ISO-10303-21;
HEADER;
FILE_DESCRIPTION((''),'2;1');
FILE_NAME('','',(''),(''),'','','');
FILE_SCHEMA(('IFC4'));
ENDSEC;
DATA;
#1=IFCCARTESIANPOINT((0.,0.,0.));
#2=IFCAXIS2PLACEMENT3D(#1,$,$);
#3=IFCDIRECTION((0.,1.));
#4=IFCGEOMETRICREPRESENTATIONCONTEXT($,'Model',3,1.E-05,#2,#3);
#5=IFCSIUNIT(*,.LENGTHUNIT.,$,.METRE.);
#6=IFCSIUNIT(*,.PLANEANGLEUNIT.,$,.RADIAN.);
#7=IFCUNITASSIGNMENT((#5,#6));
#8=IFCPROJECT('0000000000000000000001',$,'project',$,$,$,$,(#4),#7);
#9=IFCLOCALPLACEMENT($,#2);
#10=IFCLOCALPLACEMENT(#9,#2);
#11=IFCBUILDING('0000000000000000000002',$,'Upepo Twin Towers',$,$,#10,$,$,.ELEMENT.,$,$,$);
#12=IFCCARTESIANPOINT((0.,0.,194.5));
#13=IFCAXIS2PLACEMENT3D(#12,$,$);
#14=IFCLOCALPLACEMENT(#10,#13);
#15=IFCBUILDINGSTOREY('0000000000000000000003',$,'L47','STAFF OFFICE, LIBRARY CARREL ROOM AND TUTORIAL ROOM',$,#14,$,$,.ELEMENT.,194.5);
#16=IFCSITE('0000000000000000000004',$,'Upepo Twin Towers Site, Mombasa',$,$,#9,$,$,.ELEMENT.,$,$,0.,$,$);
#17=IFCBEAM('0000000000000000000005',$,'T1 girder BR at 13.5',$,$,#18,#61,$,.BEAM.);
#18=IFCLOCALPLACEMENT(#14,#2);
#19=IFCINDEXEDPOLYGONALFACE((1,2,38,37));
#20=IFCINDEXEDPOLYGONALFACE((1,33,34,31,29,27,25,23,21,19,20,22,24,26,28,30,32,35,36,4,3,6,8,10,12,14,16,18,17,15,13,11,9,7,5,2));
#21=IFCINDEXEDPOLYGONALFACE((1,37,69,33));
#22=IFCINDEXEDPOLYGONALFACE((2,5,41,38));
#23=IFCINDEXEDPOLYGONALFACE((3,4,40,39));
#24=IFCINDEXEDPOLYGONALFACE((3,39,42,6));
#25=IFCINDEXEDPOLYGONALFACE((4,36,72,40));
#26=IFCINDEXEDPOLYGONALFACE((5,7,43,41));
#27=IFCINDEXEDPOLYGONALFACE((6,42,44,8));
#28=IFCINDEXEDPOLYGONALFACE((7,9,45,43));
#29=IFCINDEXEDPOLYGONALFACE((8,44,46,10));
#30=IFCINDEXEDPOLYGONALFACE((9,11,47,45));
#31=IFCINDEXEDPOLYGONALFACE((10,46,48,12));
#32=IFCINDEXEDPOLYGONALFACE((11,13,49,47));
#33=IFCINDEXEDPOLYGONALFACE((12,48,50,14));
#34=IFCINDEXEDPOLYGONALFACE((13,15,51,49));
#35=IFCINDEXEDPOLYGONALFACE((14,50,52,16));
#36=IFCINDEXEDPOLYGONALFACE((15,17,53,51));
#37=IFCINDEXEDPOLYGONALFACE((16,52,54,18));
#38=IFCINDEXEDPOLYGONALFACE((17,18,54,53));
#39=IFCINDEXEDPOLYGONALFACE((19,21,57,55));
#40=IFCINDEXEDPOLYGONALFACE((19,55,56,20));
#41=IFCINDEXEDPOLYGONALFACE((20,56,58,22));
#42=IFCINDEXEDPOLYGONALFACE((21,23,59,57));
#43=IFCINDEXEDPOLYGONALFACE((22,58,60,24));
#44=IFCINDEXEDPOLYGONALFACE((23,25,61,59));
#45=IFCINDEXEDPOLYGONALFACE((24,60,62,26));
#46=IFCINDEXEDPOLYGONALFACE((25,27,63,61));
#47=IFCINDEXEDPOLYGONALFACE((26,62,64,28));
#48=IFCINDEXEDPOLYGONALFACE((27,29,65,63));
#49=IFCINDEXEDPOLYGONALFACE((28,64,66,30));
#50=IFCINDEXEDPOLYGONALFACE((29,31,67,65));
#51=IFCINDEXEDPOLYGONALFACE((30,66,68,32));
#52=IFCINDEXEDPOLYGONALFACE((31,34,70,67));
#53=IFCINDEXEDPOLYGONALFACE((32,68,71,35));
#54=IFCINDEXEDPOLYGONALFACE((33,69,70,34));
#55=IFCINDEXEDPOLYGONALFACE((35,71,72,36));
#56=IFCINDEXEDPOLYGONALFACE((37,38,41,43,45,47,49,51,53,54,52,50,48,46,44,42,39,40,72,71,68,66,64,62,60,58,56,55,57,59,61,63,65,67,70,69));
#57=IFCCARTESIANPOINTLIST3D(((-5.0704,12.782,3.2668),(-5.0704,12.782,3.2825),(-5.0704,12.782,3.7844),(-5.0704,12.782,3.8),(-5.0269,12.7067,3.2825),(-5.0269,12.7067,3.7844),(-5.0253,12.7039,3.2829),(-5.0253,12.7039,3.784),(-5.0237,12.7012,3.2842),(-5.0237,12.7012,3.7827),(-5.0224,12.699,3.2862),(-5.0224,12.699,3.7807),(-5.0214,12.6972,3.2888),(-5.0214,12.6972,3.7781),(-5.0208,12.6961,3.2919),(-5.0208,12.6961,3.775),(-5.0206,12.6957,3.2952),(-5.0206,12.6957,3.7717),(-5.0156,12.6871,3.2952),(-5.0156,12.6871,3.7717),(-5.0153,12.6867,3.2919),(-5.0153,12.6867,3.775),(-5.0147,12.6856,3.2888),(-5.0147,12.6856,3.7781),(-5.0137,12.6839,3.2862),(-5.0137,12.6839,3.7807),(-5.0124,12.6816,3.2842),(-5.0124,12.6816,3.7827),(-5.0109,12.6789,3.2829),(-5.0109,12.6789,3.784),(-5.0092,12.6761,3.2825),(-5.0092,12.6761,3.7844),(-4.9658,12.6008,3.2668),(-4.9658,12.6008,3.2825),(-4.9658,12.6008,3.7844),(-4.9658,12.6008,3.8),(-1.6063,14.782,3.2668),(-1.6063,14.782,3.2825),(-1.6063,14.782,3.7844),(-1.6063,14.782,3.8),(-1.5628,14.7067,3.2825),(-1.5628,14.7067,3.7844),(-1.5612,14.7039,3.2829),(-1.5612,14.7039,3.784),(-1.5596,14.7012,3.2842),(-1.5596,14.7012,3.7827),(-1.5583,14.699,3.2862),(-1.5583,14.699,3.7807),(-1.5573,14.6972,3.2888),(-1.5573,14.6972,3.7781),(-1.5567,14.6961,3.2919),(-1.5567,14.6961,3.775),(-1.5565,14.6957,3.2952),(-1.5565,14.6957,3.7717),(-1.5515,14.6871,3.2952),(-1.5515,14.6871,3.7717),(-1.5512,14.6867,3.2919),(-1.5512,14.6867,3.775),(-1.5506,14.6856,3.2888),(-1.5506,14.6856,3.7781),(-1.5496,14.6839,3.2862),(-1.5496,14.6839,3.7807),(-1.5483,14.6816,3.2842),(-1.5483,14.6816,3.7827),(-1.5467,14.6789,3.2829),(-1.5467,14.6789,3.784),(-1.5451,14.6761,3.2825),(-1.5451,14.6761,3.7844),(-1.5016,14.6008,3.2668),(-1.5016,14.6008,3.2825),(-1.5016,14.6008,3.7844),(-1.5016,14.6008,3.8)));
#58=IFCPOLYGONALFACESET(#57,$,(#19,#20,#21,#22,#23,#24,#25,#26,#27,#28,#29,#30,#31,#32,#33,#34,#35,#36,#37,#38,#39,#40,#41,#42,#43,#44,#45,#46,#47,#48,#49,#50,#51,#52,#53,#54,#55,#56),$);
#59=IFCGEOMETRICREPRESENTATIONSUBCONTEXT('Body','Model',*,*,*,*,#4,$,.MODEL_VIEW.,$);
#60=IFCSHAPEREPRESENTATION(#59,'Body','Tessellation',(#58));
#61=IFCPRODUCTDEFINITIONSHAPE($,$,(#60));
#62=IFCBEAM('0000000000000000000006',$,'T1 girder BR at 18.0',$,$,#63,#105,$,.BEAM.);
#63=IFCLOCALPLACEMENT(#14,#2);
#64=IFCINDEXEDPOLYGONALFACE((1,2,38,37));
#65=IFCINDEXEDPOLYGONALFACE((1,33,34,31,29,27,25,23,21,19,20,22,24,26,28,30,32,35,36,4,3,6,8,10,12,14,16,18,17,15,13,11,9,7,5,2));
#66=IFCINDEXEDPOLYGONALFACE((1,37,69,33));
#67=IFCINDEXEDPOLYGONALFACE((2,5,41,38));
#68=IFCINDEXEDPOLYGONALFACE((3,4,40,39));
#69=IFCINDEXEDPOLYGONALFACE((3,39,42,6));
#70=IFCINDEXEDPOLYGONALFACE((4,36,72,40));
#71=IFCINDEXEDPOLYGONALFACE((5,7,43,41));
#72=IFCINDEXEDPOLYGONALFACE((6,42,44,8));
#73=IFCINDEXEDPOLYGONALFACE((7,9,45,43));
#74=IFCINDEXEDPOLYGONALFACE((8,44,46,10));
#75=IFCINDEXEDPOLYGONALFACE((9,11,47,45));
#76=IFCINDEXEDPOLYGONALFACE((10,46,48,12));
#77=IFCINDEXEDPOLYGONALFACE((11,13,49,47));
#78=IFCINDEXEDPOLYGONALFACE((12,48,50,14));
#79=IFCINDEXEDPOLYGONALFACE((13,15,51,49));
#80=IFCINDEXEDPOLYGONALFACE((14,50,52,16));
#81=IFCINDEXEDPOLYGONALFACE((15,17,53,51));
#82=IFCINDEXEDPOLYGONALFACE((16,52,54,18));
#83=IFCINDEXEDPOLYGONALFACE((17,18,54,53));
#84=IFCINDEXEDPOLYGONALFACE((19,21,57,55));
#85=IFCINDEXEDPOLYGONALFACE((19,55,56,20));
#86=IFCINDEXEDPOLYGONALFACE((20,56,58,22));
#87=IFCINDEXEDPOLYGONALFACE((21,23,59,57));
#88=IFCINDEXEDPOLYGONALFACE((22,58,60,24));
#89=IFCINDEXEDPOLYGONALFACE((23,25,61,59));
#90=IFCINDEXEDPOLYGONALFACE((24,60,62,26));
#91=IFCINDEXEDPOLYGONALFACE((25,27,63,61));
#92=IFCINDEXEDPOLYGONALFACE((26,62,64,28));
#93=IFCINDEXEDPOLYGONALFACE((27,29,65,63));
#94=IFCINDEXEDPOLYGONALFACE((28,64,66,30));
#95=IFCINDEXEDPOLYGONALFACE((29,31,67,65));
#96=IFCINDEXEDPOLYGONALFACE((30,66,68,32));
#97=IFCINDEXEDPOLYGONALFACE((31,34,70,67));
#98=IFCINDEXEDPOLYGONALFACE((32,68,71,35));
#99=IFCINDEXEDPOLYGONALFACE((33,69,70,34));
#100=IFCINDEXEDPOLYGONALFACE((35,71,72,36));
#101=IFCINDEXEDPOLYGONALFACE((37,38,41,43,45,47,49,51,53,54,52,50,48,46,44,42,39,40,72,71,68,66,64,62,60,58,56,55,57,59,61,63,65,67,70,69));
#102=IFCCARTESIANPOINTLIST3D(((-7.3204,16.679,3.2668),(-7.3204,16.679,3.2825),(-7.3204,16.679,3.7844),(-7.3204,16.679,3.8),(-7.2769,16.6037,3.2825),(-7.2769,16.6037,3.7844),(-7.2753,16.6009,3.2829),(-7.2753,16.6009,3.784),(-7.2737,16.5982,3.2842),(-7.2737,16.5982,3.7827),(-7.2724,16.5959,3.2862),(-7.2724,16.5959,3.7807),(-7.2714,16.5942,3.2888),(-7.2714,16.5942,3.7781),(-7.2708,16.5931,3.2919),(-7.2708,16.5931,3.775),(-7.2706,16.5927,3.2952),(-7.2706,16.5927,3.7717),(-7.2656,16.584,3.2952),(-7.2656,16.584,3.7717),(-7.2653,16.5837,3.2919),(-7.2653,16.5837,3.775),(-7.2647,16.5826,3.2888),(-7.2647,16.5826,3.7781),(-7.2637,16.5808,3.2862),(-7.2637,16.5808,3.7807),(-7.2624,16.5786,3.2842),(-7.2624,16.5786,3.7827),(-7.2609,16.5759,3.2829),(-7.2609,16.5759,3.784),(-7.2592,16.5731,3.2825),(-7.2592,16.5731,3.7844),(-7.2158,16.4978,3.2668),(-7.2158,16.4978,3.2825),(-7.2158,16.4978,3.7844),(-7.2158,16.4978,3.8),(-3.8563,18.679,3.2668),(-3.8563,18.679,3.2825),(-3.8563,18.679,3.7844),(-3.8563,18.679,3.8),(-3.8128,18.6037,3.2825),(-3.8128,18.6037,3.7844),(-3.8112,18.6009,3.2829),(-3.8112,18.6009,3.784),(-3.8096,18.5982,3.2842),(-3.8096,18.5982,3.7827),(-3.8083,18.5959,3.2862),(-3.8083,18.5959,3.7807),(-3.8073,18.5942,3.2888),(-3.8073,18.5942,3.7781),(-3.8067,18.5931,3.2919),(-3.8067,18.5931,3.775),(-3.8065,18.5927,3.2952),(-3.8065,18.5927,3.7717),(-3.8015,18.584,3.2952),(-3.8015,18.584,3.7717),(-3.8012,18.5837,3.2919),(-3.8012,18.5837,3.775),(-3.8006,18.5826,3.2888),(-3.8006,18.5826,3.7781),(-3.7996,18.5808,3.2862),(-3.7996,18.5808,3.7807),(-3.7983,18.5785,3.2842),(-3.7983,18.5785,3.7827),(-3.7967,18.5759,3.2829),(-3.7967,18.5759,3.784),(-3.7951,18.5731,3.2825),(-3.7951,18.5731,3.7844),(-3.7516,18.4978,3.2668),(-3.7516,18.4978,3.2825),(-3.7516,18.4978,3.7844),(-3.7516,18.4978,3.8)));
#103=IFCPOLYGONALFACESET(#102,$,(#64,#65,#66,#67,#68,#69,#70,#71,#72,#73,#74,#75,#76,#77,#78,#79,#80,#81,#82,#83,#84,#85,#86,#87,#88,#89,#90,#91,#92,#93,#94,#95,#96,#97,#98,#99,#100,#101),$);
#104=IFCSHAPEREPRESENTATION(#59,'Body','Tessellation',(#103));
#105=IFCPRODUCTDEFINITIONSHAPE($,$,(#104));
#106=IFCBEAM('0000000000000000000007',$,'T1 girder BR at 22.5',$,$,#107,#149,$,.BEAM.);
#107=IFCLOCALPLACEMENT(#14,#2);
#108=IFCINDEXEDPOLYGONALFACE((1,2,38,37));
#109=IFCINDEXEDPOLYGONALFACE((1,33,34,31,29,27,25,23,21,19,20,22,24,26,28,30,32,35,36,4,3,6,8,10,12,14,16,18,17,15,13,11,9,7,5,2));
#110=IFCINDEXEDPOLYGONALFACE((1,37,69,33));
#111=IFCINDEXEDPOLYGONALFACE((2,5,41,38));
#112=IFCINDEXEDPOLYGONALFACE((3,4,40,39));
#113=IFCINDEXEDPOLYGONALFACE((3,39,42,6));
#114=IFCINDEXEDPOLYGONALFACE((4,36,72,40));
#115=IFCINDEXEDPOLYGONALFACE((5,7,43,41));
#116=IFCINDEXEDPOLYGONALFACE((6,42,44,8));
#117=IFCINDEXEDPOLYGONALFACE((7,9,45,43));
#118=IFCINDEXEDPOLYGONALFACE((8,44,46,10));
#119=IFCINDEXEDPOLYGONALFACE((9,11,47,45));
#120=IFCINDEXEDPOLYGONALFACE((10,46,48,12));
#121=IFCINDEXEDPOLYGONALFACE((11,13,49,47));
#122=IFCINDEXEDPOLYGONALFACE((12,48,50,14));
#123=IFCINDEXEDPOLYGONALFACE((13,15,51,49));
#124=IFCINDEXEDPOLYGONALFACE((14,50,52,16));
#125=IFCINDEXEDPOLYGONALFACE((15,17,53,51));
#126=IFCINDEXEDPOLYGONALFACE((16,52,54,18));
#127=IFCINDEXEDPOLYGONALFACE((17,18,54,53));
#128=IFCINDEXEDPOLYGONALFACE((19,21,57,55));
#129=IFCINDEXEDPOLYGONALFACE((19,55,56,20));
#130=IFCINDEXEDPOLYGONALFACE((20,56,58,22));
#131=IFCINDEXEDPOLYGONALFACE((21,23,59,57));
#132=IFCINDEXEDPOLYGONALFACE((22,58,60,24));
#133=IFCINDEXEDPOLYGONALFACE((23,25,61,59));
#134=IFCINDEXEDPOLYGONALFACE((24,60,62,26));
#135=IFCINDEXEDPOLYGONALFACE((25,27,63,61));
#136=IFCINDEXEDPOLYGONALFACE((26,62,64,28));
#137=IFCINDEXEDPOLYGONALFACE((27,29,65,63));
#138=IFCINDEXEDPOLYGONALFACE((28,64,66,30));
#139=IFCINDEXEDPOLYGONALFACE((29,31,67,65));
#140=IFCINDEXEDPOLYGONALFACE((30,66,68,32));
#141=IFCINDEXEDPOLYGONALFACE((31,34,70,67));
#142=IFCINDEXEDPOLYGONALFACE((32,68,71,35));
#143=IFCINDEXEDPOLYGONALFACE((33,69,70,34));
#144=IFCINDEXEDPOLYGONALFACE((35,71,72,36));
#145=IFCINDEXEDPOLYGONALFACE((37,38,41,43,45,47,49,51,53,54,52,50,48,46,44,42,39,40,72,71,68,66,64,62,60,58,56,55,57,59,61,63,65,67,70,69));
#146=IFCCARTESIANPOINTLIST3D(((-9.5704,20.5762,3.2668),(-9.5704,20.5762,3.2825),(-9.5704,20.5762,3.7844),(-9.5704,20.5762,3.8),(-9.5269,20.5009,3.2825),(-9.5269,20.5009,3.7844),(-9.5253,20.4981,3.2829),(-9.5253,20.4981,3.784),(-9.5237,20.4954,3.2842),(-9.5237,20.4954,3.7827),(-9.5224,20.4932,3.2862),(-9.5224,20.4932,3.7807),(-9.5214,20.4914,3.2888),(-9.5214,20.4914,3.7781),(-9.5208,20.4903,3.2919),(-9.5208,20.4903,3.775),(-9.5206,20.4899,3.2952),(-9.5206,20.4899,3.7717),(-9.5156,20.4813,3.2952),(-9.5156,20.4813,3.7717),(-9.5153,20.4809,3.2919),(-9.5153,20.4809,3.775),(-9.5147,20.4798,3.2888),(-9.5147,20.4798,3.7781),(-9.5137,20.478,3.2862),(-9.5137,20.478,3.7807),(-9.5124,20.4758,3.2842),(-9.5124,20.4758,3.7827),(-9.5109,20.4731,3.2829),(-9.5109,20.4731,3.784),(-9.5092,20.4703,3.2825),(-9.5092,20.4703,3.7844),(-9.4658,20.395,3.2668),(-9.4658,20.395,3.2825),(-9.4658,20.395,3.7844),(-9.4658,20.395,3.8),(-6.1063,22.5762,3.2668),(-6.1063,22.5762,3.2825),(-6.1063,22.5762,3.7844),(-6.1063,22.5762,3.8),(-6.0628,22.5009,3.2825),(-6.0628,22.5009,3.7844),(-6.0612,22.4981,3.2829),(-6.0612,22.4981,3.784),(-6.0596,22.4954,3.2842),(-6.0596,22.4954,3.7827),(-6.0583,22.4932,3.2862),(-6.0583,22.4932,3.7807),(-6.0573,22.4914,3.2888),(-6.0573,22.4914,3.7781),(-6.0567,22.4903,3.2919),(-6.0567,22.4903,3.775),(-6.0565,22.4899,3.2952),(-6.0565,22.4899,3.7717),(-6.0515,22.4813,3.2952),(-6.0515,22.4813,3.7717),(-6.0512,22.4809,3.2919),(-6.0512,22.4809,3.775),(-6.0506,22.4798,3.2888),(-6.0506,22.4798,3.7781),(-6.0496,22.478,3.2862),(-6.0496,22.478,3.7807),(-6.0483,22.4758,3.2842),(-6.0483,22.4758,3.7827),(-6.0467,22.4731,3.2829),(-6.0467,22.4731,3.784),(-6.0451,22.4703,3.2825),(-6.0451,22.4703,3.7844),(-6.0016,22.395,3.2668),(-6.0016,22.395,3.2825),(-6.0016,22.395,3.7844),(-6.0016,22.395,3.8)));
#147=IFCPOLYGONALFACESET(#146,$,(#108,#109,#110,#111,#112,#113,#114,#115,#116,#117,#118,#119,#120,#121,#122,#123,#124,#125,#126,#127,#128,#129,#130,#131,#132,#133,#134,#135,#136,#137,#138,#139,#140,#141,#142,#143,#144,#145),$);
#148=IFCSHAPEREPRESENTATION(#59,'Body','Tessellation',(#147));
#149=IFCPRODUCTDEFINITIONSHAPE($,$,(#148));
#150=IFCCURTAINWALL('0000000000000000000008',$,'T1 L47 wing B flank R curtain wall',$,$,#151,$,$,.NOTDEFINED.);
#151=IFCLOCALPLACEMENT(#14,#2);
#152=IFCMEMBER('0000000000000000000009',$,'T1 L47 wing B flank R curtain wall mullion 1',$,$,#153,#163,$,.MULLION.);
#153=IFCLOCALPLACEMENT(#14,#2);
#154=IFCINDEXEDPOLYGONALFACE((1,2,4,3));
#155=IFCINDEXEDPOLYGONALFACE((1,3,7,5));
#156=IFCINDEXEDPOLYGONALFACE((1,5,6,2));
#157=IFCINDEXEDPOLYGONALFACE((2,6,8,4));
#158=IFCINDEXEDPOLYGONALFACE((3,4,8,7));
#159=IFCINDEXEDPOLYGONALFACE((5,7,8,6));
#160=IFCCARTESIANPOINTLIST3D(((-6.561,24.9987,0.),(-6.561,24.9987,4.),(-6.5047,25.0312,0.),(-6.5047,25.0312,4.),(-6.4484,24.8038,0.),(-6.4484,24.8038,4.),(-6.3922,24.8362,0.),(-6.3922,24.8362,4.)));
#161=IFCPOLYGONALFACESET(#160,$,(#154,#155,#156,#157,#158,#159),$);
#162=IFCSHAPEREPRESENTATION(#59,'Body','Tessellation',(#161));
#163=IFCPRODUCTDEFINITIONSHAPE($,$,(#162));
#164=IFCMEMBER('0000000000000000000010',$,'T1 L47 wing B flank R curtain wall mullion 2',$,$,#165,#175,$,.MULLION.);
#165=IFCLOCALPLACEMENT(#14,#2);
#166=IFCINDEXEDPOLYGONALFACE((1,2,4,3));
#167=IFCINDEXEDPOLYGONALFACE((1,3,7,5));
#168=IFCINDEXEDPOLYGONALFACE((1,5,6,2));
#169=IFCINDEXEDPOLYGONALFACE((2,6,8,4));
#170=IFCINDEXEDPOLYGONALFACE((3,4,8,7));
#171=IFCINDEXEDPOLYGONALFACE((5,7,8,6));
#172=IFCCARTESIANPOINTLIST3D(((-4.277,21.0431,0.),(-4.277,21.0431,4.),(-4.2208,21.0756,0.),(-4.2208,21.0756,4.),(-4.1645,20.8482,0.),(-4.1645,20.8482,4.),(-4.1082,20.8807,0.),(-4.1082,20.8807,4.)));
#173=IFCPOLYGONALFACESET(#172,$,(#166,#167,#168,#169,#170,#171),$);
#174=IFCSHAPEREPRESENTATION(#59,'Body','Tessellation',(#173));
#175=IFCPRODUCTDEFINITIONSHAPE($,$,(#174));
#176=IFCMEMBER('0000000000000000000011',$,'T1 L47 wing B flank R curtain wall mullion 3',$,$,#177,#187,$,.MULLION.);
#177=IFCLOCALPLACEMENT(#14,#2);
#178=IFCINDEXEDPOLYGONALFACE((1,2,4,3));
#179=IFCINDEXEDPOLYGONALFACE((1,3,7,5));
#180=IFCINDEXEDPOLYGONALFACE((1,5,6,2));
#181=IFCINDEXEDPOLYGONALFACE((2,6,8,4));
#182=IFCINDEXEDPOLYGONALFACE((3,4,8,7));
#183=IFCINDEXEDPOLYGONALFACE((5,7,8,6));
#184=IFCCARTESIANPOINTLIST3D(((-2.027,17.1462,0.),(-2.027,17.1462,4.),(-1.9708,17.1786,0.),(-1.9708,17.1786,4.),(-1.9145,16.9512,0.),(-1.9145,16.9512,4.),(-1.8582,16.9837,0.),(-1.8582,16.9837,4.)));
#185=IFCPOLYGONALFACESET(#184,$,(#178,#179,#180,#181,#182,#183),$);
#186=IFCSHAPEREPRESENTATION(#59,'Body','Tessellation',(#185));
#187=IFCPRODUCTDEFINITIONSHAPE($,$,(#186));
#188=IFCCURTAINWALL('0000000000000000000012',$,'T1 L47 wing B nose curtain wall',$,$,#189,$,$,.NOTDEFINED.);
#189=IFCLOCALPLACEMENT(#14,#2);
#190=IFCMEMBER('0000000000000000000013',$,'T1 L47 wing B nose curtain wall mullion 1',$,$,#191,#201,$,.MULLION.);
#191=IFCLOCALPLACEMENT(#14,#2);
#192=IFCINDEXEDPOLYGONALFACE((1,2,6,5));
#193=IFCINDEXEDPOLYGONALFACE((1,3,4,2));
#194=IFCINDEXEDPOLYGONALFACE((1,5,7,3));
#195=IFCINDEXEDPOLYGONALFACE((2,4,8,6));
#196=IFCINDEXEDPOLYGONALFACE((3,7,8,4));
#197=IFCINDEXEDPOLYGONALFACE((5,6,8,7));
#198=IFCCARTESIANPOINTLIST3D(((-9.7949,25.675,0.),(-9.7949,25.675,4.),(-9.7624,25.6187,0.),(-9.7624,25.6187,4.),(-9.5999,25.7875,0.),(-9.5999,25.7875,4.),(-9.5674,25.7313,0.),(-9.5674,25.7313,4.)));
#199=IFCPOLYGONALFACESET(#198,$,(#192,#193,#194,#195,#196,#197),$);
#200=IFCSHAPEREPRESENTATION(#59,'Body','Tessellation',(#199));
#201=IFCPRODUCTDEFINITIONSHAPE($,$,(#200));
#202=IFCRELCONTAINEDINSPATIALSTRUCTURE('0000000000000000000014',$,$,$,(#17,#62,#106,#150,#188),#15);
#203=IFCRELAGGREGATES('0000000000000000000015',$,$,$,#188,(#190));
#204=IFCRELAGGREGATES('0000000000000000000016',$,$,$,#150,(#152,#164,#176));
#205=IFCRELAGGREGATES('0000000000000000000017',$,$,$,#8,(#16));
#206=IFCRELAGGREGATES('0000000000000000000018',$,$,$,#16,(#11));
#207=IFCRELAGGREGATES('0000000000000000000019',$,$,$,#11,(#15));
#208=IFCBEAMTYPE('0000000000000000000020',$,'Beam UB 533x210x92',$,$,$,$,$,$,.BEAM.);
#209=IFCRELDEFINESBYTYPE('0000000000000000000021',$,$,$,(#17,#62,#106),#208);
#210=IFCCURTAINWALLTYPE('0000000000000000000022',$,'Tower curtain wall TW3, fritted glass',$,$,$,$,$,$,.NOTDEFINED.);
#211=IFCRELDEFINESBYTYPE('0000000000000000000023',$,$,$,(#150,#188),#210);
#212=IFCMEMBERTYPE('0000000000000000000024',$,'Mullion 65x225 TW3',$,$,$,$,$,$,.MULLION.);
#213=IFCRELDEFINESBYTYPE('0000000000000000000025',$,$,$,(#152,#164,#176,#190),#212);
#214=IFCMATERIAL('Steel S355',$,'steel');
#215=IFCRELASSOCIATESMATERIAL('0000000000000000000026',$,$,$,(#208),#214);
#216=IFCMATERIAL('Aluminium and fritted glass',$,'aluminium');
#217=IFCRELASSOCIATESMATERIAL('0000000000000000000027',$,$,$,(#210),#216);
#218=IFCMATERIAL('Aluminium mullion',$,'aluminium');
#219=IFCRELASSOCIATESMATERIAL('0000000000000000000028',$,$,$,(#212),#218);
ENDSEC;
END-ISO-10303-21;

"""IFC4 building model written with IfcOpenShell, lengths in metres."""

from ifc_helpers import new_model, si_unit, direction, frame, origin, origin_2d, place, context, subcontext, project, spatial, rectangle, i_section, extrude, material, material_profile, profile_set, type_object, element, aggregate, save


model = new_model("IFC4")

# Units and contexts
model_context = context("Model", 3, precision=1e-05, world=origin(), true_north=direction((0.0, 1.0)))
body_context = subcontext(model_context, "Body", "Model", "MODEL_VIEW")
ifc_project = project(units=[si_unit("LENGTHUNIT", "METRE"), si_unit("PLANEANGLEUNIT", "RADIAN")], contexts=[model_context])

# Site, building, storey
site_placement = place(None, origin())
site = spatial("IfcSite", under=ifc_project, at=site_placement, Name="Upepo Twin Towers Site, Mombasa", CompositionType="ELEMENT", RefElevation=0.0)
building_placement = place(site_placement, origin())
building = spatial("IfcBuilding", under=site, at=building_placement, Name="Upepo Twin Towers", CompositionType="ELEMENT")
storey_placement = place(building_placement, frame((0.0, 0.0, 194.5)))
storey = spatial("IfcBuildingStorey", under=building, at=storey_placement, Name="L47", Description="STAFF OFFICE, LIBRARY CARREL ROOM AND TUTORIAL ROOM", CompositionType="ELEMENT", Elevation=194.5)

# Beams
ifc_material_1 = material(Name="Steel S355", Category="steel")
ifc_material_profile_1 = material_profile(ifc_material_1, i_section(OverallWidth=0.2092, OverallDepth=0.5332, WebThickness=0.01, FlangeThickness=0.0156, FilletRadius=0.0127, at=origin_2d()), Name="UB 533x210x92")
ifc_profile_set_1 = profile_set([ifc_material_profile_1], Name="Steel S355")
beam_type_1 = type_object("IfcBeamType", Name="Beam UB 533x210x92", PredefinedType="BEAM", material=ifc_profile_set_1)
for number, where, z_axis, x_axis, name in (
    (1, (-1.554, 14.6914, 3.5334), (-0.866026, -0.499999, 0.0), (0.499999, -0.866026, 0.0), "T1 girder BR at 13.5"),
    (2, (-3.804, 18.5884, 3.5334), (-0.866026, -0.499999, 0.0), (0.499999, -0.866026, 0.0), "T1 girder BR at 18.0"),
    (3, (-6.054, 22.4856, 3.5334), (-0.866026, -0.499999, 0.0), (0.499999, -0.866026, 0.0), "T1 girder BR at 22.5"),
):
    element("IfcBeam", number, at=place(storey_placement, frame(where, z_axis=z_axis, x_axis=x_axis)), inside=storey, type_object=beam_type_1, Name=name, PredefinedType="BEAM", context=body_context, shape_type="SweptSolid", body=[
        extrude(i_section(OverallWidth=0.2092, OverallDepth=0.5332, WebThickness=0.01, FlangeThickness=0.0156, FilletRadius=0.0127, at=origin_2d()), origin(), (0.0, 0.0, 1.0), 4.0),
    ])

# Curtain wall, members
ifc_material_2 = material(Name="Aluminium and fritted glass", Category="aluminium")
curtain_wall_type = type_object("IfcCurtainWallType", Name="Tower curtain wall TW3, fritted glass", PredefinedType="NOTDEFINED", material=ifc_material_2)
curtain_wall_1_placement = place(storey_placement, origin())
curtain_wall_1 = element("IfcCurtainWall", 4, at=curtain_wall_1_placement, inside=storey, type_object=curtain_wall_type, Name="T1 L47 wing B flank R curtain wall", PredefinedType="NOTDEFINED")
ifc_material_3 = material(Name="Aluminium mullion", Category="aluminium")
ifc_material_profile_2 = material_profile(ifc_material_3, rectangle(XDim=0.0649, YDim=0.2251, at=origin_2d()), Name="MULLION 65x225")
ifc_profile_set_2 = profile_set([ifc_material_profile_2], Name="Aluminium mullion")
member_type_1 = type_object("IfcMemberType", Name="Mullion 65x225 TW3", PredefinedType="MULLION", material=ifc_profile_set_2)
member_1_placement = place(storey_placement, frame((-6.4766, 24.9175, 0.0), z_axis=(0.0, 0.0, 1.0), x_axis=(0.866025, 0.5, 0.0)))
member_1 = element("IfcMember", 5, at=member_1_placement, type_object=member_type_1, Name="T1 L47 wing B flank R curtain wall mullion 1", PredefinedType="MULLION", context=body_context, shape_type="SweptSolid", body=[
    extrude(rectangle(XDim=0.0649, YDim=0.2251, at=origin_2d()), origin(), (0.0, 0.0, 1.0), 4.0),
])
member_2_placement = place(storey_placement, frame((-4.1926, 20.9619, 0.0), z_axis=(0.0, 0.0, 1.0), x_axis=(0.866025, 0.5, 0.0)))
member_2 = element("IfcMember", 6, at=member_2_placement, type_object=member_type_1, Name="T1 L47 wing B flank R curtain wall mullion 2", PredefinedType="MULLION", context=body_context, shape_type="SweptSolid", body=[
    extrude(rectangle(XDim=0.0649, YDim=0.2251, at=origin_2d()), origin(), (0.0, 0.0, 1.0), 4.0),
])
member_3_placement = place(storey_placement, frame((-1.9426, 17.0649, 0.0), z_axis=(0.0, 0.0, 1.0), x_axis=(0.866025, 0.5, 0.0)))
member_3 = element("IfcMember", 7, at=member_3_placement, type_object=member_type_1, Name="T1 L47 wing B flank R curtain wall mullion 3", PredefinedType="MULLION", context=body_context, shape_type="SweptSolid", body=[
    extrude(rectangle(XDim=0.0649, YDim=0.2251, at=origin_2d()), origin(), (0.0, 0.0, 1.0), 4.0),
])

# Curtain wall, member
curtain_wall_2_placement = place(storey_placement, origin())
curtain_wall_2 = element("IfcCurtainWall", 8, at=curtain_wall_2_placement, inside=storey, type_object=curtain_wall_type, Name="T1 L47 wing B nose curtain wall", PredefinedType="NOTDEFINED")
member_4_placement = place(storey_placement, frame((-9.6812, 25.7031, 0.0), z_axis=(0.0, 0.0, 1.0), x_axis=(0.5, -0.866025, 0.0)))
member_4 = element("IfcMember", 9, at=member_4_placement, type_object=member_type_1, Name="T1 L47 wing B nose curtain wall mullion 1", PredefinedType="MULLION", context=body_context, shape_type="SweptSolid", body=[
    extrude(rectangle(XDim=0.0649, YDim=0.2251, at=origin_2d()), origin(), (0.0, 0.0, 1.0), 4.0),
])
aggregate(curtain_wall_2, [member_4])

aggregate(curtain_wall_1, [member_1, member_2, member_3])

save(model, "model.ifc")
